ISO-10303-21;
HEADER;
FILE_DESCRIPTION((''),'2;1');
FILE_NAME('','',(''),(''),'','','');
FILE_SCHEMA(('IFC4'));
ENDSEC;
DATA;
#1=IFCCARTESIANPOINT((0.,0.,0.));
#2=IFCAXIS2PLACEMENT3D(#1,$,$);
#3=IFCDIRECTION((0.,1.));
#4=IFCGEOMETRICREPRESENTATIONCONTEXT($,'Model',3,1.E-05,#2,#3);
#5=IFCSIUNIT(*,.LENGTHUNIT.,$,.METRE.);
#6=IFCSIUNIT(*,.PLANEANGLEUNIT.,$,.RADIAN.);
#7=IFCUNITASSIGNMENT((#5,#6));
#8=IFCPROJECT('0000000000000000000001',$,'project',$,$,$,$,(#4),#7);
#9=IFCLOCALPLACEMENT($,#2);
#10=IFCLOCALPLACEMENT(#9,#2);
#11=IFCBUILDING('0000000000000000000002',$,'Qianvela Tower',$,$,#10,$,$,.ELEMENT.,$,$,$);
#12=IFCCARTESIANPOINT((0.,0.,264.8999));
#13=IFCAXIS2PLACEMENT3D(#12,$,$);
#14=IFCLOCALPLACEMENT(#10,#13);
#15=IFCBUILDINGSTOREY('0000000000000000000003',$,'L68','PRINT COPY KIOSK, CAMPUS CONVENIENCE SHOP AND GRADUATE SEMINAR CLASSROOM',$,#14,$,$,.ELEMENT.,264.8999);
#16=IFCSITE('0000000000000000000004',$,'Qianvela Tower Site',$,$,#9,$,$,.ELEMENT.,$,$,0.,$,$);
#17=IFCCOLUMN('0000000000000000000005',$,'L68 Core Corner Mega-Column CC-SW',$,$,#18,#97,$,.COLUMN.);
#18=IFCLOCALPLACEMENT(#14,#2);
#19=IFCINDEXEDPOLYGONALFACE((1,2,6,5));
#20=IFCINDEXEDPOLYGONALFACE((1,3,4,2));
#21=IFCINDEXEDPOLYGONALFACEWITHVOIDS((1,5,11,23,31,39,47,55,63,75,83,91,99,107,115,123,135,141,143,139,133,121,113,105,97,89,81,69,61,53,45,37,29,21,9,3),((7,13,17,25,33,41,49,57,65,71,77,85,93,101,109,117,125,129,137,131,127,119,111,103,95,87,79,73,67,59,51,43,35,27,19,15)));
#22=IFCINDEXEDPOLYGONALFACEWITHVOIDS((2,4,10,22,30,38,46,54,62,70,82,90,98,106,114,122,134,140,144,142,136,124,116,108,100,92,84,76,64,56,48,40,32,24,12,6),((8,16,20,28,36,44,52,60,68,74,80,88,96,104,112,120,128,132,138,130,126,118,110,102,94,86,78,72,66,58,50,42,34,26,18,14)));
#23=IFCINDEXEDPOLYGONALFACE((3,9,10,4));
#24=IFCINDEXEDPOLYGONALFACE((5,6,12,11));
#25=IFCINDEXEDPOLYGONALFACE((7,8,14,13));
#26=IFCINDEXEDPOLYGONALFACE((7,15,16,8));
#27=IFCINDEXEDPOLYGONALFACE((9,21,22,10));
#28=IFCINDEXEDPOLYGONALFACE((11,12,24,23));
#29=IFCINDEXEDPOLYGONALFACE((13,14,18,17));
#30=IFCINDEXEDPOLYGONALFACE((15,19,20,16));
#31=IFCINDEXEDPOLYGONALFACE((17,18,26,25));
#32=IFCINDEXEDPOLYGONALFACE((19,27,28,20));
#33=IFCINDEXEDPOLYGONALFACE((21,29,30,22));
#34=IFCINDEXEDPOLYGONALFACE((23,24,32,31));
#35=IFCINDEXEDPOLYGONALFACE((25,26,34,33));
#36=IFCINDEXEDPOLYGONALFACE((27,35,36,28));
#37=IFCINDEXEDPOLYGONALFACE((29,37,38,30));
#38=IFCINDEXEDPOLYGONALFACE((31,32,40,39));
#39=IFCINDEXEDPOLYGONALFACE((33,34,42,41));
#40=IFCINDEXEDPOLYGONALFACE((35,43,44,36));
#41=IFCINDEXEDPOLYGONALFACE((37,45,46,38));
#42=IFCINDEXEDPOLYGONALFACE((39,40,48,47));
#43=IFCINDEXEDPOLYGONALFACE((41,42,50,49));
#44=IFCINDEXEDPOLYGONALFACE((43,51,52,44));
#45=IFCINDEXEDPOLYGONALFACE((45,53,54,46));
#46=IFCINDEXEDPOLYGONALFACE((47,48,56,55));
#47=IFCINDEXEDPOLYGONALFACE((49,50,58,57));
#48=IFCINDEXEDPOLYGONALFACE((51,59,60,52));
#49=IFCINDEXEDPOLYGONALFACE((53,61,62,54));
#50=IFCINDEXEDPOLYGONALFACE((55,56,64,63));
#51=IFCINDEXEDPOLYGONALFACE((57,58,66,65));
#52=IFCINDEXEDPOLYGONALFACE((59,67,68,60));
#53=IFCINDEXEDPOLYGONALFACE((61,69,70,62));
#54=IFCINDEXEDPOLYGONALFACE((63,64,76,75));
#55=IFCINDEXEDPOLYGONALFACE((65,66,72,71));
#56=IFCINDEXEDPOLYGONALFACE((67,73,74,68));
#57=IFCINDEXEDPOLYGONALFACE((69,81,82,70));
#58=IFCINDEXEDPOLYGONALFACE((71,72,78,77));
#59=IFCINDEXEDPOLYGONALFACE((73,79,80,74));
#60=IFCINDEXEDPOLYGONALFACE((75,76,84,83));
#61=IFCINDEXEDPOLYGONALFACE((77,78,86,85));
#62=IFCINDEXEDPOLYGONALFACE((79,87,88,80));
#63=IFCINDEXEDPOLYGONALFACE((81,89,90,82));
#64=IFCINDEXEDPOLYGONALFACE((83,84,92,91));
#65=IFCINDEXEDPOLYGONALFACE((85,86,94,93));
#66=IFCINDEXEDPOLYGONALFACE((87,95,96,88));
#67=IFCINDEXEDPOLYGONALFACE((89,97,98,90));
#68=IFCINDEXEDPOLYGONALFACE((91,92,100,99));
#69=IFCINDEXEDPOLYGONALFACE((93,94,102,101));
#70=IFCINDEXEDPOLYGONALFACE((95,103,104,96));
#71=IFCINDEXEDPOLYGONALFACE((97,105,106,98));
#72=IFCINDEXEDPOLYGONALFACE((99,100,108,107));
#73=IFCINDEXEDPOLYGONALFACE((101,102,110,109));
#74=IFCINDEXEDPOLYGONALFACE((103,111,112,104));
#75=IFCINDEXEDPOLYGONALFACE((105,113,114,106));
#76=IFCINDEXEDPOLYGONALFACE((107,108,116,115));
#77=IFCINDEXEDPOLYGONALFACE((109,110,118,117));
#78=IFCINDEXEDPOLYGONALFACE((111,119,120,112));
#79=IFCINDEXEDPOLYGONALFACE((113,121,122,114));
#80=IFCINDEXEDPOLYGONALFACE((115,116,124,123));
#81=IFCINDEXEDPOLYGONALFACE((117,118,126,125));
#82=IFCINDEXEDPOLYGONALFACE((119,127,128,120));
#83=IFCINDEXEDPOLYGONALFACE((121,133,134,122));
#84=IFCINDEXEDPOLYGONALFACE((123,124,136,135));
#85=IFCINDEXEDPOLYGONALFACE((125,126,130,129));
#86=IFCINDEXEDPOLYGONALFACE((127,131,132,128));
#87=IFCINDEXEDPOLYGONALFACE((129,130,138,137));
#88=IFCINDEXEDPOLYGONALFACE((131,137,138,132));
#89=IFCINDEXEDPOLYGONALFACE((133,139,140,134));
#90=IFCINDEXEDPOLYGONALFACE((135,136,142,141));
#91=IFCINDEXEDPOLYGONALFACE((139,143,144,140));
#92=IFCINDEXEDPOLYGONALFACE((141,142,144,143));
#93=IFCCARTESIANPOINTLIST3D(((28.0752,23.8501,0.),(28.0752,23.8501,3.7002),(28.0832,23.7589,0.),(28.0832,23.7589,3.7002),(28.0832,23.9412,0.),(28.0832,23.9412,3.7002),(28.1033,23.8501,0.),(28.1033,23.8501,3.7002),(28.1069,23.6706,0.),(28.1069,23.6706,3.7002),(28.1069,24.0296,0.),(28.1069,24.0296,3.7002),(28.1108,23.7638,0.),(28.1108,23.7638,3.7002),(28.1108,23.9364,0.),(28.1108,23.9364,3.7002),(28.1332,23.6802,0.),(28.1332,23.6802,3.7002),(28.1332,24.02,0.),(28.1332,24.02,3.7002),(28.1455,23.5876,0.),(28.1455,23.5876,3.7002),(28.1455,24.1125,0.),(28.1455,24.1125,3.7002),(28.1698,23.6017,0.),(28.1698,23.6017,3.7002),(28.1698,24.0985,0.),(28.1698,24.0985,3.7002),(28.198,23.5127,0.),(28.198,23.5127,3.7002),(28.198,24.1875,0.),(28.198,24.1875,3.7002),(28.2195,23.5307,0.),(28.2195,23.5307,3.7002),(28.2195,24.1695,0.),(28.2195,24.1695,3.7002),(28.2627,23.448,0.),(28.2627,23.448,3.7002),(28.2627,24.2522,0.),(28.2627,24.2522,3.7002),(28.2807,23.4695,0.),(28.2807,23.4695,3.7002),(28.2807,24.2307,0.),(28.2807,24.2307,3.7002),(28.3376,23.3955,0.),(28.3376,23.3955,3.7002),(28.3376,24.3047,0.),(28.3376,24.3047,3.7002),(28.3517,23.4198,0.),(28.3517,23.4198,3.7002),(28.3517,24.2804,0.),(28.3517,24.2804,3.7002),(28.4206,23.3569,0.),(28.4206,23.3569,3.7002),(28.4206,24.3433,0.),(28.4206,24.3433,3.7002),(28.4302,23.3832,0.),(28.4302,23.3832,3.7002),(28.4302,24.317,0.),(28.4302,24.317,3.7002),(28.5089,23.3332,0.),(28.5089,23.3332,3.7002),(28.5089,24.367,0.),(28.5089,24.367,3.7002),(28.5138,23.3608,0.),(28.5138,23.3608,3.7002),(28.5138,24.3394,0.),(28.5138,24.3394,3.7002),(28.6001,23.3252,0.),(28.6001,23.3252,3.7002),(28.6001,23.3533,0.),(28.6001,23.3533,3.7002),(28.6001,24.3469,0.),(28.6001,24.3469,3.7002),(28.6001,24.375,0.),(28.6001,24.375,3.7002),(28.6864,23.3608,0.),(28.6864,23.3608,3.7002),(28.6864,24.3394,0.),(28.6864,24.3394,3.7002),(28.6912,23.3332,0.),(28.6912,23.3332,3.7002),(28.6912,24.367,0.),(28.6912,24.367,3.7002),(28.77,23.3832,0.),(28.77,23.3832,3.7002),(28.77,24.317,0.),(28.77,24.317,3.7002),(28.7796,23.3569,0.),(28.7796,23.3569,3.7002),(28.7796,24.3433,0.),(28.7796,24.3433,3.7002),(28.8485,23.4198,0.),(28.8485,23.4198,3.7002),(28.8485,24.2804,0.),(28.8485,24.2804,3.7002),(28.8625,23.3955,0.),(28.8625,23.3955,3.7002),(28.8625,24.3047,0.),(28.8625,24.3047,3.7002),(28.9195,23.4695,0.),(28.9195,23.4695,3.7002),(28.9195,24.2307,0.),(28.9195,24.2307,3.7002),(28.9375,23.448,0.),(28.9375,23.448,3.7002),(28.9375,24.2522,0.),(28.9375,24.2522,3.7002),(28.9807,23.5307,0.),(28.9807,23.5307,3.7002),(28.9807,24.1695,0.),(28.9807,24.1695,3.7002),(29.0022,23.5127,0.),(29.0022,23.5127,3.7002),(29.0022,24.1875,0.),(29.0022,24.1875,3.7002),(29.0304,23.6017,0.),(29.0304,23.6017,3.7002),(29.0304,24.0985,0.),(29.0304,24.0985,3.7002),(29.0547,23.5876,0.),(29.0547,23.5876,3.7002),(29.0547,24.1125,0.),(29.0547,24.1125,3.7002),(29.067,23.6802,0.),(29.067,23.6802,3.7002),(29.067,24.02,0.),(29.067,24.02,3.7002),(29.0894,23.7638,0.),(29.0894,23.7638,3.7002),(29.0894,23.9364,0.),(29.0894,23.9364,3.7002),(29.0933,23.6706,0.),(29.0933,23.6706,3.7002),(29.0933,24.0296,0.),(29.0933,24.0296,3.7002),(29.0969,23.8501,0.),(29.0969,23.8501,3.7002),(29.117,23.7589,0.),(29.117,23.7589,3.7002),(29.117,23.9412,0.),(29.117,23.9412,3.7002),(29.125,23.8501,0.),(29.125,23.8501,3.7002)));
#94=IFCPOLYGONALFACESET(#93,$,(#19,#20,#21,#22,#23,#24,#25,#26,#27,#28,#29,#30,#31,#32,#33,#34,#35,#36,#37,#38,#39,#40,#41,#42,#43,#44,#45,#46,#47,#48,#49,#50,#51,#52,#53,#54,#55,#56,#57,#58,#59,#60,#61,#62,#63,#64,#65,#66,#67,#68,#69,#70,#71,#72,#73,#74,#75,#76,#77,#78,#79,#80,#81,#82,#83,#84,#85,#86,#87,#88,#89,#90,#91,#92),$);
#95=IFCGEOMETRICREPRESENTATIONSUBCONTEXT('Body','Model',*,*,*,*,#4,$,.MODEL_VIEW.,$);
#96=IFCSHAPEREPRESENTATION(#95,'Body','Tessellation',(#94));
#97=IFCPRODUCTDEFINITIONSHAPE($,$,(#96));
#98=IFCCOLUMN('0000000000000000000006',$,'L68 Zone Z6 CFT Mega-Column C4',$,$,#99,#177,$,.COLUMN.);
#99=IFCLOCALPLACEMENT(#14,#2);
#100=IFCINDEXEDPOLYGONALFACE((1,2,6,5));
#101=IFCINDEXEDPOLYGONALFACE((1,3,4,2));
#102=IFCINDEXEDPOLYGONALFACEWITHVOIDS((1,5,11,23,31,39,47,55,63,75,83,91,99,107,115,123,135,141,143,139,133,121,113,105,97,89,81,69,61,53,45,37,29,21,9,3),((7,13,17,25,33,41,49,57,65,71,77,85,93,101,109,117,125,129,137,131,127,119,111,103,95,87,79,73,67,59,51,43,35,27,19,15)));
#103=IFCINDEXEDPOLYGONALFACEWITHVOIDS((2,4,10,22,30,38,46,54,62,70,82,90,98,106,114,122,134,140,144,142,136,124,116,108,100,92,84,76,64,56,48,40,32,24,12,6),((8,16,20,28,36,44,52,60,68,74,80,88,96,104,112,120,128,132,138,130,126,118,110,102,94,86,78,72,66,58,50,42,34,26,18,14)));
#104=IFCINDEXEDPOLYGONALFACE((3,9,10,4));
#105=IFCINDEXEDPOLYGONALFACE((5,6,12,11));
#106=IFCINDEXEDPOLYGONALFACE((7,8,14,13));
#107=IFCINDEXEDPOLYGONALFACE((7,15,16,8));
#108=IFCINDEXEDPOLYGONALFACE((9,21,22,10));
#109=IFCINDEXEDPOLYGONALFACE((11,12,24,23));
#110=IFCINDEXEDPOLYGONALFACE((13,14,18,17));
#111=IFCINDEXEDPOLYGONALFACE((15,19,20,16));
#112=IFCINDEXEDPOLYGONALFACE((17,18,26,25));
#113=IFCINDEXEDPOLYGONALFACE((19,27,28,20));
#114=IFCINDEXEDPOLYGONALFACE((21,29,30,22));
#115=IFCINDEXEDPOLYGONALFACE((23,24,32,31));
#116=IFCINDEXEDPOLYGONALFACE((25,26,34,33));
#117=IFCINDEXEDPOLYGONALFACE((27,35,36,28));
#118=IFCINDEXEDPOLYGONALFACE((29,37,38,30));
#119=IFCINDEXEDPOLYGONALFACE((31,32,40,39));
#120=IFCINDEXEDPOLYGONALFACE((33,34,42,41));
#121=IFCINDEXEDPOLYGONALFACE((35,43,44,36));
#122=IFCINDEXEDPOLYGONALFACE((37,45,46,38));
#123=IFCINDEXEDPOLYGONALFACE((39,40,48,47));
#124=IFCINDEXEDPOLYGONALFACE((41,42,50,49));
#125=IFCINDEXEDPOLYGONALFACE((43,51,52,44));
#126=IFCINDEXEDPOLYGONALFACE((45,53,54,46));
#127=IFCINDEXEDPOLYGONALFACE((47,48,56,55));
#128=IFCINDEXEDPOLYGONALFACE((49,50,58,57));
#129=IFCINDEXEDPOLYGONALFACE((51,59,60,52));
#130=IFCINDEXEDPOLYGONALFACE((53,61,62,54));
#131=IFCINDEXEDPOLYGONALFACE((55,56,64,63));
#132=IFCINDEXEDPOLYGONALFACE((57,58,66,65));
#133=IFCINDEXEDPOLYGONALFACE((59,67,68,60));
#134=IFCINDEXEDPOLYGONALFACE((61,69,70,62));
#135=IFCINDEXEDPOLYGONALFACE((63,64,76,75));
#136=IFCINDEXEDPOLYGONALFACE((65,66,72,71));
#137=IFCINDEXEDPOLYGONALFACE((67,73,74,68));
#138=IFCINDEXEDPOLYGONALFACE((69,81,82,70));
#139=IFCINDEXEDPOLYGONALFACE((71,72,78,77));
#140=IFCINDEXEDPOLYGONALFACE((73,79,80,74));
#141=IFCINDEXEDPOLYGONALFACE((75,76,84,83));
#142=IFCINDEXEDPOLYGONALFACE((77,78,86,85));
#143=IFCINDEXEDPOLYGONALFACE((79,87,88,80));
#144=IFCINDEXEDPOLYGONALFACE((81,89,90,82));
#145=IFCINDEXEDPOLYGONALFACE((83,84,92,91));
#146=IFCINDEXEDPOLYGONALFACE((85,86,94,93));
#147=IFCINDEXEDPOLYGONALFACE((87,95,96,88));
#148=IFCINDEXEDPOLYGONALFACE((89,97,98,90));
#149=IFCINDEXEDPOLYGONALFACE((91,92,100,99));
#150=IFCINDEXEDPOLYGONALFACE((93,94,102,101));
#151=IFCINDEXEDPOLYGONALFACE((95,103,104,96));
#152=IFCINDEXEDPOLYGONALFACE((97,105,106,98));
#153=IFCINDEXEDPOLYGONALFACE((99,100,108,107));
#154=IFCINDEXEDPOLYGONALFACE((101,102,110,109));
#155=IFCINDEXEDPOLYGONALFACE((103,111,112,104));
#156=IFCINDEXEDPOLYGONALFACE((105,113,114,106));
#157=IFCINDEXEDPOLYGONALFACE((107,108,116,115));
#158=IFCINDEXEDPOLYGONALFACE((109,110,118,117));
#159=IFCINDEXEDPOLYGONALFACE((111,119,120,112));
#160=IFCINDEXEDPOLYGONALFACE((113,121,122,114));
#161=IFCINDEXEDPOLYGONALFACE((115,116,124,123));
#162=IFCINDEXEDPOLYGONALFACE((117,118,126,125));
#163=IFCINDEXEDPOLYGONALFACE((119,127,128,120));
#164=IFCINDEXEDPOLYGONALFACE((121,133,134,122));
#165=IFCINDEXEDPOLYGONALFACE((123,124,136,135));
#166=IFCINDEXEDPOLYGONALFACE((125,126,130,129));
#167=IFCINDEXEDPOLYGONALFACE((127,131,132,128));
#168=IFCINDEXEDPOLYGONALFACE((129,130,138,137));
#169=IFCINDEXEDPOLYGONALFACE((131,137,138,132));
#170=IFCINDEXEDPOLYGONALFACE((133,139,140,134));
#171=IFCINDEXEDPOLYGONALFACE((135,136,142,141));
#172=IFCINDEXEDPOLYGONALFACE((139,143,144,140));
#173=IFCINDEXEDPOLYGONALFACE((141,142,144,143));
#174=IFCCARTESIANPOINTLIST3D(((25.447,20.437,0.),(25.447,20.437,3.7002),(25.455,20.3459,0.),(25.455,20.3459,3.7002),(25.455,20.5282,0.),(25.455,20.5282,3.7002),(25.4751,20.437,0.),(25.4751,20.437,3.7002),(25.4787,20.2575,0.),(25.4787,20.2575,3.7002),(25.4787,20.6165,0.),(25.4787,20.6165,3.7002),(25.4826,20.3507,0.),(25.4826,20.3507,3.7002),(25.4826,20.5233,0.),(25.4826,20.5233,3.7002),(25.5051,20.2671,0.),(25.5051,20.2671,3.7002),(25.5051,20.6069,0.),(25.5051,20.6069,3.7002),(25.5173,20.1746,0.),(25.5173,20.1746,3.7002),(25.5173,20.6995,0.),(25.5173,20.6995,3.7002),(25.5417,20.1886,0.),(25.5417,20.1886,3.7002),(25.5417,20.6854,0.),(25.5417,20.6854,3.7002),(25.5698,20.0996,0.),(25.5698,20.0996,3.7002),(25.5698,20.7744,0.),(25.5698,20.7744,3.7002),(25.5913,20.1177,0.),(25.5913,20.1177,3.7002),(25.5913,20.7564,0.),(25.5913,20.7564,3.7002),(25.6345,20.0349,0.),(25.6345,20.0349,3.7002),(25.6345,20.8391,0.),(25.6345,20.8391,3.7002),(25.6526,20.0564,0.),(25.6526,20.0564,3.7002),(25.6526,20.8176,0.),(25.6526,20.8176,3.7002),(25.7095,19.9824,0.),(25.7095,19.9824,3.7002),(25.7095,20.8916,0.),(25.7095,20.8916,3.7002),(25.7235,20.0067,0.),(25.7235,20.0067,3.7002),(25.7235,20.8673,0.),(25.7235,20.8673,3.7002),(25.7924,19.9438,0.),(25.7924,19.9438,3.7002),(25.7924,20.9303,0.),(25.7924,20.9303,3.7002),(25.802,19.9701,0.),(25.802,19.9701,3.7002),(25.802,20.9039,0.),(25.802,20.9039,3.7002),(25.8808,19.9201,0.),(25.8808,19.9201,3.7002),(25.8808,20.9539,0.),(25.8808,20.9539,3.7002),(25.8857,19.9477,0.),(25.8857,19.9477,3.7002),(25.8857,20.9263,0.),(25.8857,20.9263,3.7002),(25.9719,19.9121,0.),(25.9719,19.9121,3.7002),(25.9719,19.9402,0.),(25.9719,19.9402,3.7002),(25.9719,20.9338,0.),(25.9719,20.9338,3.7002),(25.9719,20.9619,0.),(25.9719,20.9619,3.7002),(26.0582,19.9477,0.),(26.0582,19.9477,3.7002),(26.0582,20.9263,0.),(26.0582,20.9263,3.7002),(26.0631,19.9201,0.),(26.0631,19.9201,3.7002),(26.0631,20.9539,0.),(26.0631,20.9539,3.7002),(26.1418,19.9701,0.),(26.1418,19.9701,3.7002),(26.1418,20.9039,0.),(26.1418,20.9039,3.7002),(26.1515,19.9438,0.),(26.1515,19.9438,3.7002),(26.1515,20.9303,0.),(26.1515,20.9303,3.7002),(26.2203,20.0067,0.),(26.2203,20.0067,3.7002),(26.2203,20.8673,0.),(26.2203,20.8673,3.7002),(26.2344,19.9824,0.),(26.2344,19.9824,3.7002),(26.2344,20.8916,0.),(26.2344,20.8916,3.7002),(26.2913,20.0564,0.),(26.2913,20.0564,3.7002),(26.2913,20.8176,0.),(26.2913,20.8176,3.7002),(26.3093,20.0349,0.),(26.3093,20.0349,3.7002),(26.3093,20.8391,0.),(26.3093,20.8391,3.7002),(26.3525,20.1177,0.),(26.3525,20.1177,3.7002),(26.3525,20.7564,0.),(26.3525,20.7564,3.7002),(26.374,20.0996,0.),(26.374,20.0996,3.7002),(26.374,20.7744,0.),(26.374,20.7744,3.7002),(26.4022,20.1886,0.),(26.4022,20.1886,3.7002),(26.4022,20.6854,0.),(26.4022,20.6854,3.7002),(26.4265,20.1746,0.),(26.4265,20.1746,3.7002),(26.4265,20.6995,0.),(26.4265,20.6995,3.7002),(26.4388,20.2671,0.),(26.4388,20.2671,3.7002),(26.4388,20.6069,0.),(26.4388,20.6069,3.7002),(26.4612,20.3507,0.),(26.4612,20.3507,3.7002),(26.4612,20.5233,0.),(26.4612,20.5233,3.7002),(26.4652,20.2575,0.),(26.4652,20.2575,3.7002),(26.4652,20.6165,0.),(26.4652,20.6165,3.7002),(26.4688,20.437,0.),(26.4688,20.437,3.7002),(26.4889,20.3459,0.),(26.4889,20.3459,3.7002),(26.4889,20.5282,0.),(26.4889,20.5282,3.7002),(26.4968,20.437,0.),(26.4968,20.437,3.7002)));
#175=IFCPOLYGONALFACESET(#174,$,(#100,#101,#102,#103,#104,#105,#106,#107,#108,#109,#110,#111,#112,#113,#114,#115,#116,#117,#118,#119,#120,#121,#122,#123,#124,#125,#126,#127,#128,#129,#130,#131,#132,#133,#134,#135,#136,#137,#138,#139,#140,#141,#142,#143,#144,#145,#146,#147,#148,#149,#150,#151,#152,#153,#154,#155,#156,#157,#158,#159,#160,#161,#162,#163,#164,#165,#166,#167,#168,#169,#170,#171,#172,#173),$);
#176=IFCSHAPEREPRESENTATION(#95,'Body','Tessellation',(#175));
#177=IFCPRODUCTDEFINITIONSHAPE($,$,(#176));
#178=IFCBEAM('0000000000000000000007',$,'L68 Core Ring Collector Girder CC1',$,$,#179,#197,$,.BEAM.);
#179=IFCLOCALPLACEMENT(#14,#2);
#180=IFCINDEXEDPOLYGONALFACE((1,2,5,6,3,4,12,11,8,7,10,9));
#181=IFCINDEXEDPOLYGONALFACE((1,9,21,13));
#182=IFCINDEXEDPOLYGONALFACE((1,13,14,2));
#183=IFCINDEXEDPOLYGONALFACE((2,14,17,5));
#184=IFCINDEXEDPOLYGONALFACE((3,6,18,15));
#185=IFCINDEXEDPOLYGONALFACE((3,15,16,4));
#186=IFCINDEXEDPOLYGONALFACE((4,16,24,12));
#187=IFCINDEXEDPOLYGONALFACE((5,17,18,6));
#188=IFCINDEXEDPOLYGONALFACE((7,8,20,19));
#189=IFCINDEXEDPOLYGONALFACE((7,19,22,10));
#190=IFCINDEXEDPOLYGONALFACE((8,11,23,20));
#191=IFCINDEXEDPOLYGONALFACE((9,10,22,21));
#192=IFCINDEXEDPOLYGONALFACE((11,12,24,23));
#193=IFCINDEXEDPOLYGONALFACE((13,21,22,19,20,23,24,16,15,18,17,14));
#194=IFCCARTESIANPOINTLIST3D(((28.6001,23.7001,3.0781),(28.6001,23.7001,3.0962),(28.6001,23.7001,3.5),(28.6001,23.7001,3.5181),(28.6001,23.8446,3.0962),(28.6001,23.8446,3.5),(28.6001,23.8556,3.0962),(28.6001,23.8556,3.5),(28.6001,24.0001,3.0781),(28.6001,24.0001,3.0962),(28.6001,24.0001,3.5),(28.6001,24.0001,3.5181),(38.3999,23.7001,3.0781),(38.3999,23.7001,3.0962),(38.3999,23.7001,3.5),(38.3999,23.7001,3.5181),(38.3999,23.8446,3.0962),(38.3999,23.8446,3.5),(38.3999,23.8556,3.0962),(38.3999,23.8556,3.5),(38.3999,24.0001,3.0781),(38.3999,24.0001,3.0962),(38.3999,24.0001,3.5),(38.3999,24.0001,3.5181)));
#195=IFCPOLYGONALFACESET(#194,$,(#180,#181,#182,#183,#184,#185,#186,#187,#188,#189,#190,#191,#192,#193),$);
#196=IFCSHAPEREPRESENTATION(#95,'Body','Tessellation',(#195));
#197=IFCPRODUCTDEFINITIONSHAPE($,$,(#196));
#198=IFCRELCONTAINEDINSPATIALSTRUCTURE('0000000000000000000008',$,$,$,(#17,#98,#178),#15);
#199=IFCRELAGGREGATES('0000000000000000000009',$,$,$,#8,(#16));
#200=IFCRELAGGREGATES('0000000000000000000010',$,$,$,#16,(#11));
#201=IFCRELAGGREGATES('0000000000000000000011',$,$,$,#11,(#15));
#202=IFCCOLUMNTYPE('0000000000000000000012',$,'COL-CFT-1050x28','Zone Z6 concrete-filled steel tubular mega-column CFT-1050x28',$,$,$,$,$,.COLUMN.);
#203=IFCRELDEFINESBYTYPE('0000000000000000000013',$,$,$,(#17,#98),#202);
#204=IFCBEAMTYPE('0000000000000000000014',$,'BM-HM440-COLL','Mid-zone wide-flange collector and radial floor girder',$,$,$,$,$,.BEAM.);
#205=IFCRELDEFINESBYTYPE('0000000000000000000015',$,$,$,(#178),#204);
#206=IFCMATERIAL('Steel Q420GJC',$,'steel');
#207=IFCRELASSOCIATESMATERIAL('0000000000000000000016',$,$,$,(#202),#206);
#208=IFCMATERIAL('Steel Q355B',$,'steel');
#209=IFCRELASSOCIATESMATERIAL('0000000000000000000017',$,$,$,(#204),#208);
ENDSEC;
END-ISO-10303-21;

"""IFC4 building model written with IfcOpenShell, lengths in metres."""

from ifc_helpers import new_model, si_unit, direction, frame, origin, origin_2d, place, context, subcontext, project, spatial, hollow_circle, i_section, extrude, material, material_profile, profile_set, type_object, element, save


model = new_model("IFC4")

# Units and contexts
model_context = context("Model", 3, precision=1e-05, world=origin(), true_north=direction((0.0, 1.0)))
body_context = subcontext(model_context, "Body", "Model", "MODEL_VIEW")
ifc_project = project(units=[si_unit("LENGTHUNIT", "METRE"), si_unit("PLANEANGLEUNIT", "RADIAN")], contexts=[model_context])

# Site, building, storey
site_placement = place(None, origin())
site = spatial("IfcSite", under=ifc_project, at=site_placement, Name="Qianvela Tower Site", CompositionType="ELEMENT", RefElevation=0.0)
building_placement = place(site_placement, origin())
building = spatial("IfcBuilding", under=site, at=building_placement, Name="Qianvela Tower", CompositionType="ELEMENT")
storey_placement = place(building_placement, frame((0.0, 0.0, 264.8999)))
storey = spatial("IfcBuildingStorey", under=building, at=storey_placement, Name="L68", Description="PRINT COPY KIOSK, CAMPUS CONVENIENCE SHOP AND GRADUATE SEMINAR CLASSROOM", CompositionType="ELEMENT", Elevation=264.8999)

# Columns
ifc_material_1 = material(Name="Steel Q420GJC", Category="steel")
ifc_material_profile_1 = material_profile(ifc_material_1, hollow_circle(Radius=0.5249, WallThickness=0.0281, at=origin_2d()), Name="CFT-1050x28")
ifc_profile_set_1 = profile_set([ifc_material_profile_1], Name="Steel Q420GJC")
column_type = type_object("IfcColumnType", Name="COL-CFT-1050x28", Description="Zone Z6 concrete-filled steel tubular mega-column CFT-1050x28", PredefinedType="COLUMN", material=ifc_profile_set_1)
for number, where, z_axis, x_axis, name in (
    (1, (28.6001, 23.8501, 0.0), (0.0, 0.0, 1.0), (1.0, 0.0, 0.0), "L68 Core Corner Mega-Column CC-SW"),
    (2, (25.9719, 20.437, 0.0), (0.0, 0.0, 1.0), (1.0, 0.0, 0.0), "L68 Zone Z6 CFT Mega-Column C4"),
):
    element("IfcColumn", number, at=place(storey_placement, frame(where, z_axis=z_axis, x_axis=x_axis)), inside=storey, type_object=column_type, Name=name, PredefinedType="COLUMN", context=body_context, shape_type="SweptSolid", body=[
        extrude(hollow_circle(Radius=0.5249, WallThickness=0.0281, at=origin_2d()), origin(), (0.0, 0.0, 1.0), 3.7002),
    ])

# Beam
ifc_material_2 = material(Name="Steel Q355B", Category="steel")
ifc_material_profile_2 = material_profile(ifc_material_2, i_section(OverallWidth=0.3, OverallDepth=0.4399, WebThickness=0.011, FlangeThickness=0.0181, at=origin_2d()), Name="HM440x300x11x18")
ifc_profile_set_2 = profile_set([ifc_material_profile_2], Name="Steel Q355B")
beam_type_1 = type_object("IfcBeamType", Name="BM-HM440-COLL", Description="Mid-zone wide-flange collector and radial floor girder", PredefinedType="BEAM", material=ifc_profile_set_2)
beam_1_placement = place(storey_placement, frame((28.6001, 23.8501, 3.2981), z_axis=(1.0, 0.0, 0.0), x_axis=(0.0, 1.0, 0.0)))
element("IfcBeam", 3, at=beam_1_placement, inside=storey, type_object=beam_type_1, Name="L68 Core Ring Collector Girder CC1", PredefinedType="BEAM", context=body_context, shape_type="SweptSolid", body=[
    extrude(i_section(OverallWidth=0.3, OverallDepth=0.4399, WebThickness=0.011, FlangeThickness=0.0181, at=origin_2d()), origin(), (0.0, 0.0, 1.0), 9.7998),
])

save(model, "model.ifc")
